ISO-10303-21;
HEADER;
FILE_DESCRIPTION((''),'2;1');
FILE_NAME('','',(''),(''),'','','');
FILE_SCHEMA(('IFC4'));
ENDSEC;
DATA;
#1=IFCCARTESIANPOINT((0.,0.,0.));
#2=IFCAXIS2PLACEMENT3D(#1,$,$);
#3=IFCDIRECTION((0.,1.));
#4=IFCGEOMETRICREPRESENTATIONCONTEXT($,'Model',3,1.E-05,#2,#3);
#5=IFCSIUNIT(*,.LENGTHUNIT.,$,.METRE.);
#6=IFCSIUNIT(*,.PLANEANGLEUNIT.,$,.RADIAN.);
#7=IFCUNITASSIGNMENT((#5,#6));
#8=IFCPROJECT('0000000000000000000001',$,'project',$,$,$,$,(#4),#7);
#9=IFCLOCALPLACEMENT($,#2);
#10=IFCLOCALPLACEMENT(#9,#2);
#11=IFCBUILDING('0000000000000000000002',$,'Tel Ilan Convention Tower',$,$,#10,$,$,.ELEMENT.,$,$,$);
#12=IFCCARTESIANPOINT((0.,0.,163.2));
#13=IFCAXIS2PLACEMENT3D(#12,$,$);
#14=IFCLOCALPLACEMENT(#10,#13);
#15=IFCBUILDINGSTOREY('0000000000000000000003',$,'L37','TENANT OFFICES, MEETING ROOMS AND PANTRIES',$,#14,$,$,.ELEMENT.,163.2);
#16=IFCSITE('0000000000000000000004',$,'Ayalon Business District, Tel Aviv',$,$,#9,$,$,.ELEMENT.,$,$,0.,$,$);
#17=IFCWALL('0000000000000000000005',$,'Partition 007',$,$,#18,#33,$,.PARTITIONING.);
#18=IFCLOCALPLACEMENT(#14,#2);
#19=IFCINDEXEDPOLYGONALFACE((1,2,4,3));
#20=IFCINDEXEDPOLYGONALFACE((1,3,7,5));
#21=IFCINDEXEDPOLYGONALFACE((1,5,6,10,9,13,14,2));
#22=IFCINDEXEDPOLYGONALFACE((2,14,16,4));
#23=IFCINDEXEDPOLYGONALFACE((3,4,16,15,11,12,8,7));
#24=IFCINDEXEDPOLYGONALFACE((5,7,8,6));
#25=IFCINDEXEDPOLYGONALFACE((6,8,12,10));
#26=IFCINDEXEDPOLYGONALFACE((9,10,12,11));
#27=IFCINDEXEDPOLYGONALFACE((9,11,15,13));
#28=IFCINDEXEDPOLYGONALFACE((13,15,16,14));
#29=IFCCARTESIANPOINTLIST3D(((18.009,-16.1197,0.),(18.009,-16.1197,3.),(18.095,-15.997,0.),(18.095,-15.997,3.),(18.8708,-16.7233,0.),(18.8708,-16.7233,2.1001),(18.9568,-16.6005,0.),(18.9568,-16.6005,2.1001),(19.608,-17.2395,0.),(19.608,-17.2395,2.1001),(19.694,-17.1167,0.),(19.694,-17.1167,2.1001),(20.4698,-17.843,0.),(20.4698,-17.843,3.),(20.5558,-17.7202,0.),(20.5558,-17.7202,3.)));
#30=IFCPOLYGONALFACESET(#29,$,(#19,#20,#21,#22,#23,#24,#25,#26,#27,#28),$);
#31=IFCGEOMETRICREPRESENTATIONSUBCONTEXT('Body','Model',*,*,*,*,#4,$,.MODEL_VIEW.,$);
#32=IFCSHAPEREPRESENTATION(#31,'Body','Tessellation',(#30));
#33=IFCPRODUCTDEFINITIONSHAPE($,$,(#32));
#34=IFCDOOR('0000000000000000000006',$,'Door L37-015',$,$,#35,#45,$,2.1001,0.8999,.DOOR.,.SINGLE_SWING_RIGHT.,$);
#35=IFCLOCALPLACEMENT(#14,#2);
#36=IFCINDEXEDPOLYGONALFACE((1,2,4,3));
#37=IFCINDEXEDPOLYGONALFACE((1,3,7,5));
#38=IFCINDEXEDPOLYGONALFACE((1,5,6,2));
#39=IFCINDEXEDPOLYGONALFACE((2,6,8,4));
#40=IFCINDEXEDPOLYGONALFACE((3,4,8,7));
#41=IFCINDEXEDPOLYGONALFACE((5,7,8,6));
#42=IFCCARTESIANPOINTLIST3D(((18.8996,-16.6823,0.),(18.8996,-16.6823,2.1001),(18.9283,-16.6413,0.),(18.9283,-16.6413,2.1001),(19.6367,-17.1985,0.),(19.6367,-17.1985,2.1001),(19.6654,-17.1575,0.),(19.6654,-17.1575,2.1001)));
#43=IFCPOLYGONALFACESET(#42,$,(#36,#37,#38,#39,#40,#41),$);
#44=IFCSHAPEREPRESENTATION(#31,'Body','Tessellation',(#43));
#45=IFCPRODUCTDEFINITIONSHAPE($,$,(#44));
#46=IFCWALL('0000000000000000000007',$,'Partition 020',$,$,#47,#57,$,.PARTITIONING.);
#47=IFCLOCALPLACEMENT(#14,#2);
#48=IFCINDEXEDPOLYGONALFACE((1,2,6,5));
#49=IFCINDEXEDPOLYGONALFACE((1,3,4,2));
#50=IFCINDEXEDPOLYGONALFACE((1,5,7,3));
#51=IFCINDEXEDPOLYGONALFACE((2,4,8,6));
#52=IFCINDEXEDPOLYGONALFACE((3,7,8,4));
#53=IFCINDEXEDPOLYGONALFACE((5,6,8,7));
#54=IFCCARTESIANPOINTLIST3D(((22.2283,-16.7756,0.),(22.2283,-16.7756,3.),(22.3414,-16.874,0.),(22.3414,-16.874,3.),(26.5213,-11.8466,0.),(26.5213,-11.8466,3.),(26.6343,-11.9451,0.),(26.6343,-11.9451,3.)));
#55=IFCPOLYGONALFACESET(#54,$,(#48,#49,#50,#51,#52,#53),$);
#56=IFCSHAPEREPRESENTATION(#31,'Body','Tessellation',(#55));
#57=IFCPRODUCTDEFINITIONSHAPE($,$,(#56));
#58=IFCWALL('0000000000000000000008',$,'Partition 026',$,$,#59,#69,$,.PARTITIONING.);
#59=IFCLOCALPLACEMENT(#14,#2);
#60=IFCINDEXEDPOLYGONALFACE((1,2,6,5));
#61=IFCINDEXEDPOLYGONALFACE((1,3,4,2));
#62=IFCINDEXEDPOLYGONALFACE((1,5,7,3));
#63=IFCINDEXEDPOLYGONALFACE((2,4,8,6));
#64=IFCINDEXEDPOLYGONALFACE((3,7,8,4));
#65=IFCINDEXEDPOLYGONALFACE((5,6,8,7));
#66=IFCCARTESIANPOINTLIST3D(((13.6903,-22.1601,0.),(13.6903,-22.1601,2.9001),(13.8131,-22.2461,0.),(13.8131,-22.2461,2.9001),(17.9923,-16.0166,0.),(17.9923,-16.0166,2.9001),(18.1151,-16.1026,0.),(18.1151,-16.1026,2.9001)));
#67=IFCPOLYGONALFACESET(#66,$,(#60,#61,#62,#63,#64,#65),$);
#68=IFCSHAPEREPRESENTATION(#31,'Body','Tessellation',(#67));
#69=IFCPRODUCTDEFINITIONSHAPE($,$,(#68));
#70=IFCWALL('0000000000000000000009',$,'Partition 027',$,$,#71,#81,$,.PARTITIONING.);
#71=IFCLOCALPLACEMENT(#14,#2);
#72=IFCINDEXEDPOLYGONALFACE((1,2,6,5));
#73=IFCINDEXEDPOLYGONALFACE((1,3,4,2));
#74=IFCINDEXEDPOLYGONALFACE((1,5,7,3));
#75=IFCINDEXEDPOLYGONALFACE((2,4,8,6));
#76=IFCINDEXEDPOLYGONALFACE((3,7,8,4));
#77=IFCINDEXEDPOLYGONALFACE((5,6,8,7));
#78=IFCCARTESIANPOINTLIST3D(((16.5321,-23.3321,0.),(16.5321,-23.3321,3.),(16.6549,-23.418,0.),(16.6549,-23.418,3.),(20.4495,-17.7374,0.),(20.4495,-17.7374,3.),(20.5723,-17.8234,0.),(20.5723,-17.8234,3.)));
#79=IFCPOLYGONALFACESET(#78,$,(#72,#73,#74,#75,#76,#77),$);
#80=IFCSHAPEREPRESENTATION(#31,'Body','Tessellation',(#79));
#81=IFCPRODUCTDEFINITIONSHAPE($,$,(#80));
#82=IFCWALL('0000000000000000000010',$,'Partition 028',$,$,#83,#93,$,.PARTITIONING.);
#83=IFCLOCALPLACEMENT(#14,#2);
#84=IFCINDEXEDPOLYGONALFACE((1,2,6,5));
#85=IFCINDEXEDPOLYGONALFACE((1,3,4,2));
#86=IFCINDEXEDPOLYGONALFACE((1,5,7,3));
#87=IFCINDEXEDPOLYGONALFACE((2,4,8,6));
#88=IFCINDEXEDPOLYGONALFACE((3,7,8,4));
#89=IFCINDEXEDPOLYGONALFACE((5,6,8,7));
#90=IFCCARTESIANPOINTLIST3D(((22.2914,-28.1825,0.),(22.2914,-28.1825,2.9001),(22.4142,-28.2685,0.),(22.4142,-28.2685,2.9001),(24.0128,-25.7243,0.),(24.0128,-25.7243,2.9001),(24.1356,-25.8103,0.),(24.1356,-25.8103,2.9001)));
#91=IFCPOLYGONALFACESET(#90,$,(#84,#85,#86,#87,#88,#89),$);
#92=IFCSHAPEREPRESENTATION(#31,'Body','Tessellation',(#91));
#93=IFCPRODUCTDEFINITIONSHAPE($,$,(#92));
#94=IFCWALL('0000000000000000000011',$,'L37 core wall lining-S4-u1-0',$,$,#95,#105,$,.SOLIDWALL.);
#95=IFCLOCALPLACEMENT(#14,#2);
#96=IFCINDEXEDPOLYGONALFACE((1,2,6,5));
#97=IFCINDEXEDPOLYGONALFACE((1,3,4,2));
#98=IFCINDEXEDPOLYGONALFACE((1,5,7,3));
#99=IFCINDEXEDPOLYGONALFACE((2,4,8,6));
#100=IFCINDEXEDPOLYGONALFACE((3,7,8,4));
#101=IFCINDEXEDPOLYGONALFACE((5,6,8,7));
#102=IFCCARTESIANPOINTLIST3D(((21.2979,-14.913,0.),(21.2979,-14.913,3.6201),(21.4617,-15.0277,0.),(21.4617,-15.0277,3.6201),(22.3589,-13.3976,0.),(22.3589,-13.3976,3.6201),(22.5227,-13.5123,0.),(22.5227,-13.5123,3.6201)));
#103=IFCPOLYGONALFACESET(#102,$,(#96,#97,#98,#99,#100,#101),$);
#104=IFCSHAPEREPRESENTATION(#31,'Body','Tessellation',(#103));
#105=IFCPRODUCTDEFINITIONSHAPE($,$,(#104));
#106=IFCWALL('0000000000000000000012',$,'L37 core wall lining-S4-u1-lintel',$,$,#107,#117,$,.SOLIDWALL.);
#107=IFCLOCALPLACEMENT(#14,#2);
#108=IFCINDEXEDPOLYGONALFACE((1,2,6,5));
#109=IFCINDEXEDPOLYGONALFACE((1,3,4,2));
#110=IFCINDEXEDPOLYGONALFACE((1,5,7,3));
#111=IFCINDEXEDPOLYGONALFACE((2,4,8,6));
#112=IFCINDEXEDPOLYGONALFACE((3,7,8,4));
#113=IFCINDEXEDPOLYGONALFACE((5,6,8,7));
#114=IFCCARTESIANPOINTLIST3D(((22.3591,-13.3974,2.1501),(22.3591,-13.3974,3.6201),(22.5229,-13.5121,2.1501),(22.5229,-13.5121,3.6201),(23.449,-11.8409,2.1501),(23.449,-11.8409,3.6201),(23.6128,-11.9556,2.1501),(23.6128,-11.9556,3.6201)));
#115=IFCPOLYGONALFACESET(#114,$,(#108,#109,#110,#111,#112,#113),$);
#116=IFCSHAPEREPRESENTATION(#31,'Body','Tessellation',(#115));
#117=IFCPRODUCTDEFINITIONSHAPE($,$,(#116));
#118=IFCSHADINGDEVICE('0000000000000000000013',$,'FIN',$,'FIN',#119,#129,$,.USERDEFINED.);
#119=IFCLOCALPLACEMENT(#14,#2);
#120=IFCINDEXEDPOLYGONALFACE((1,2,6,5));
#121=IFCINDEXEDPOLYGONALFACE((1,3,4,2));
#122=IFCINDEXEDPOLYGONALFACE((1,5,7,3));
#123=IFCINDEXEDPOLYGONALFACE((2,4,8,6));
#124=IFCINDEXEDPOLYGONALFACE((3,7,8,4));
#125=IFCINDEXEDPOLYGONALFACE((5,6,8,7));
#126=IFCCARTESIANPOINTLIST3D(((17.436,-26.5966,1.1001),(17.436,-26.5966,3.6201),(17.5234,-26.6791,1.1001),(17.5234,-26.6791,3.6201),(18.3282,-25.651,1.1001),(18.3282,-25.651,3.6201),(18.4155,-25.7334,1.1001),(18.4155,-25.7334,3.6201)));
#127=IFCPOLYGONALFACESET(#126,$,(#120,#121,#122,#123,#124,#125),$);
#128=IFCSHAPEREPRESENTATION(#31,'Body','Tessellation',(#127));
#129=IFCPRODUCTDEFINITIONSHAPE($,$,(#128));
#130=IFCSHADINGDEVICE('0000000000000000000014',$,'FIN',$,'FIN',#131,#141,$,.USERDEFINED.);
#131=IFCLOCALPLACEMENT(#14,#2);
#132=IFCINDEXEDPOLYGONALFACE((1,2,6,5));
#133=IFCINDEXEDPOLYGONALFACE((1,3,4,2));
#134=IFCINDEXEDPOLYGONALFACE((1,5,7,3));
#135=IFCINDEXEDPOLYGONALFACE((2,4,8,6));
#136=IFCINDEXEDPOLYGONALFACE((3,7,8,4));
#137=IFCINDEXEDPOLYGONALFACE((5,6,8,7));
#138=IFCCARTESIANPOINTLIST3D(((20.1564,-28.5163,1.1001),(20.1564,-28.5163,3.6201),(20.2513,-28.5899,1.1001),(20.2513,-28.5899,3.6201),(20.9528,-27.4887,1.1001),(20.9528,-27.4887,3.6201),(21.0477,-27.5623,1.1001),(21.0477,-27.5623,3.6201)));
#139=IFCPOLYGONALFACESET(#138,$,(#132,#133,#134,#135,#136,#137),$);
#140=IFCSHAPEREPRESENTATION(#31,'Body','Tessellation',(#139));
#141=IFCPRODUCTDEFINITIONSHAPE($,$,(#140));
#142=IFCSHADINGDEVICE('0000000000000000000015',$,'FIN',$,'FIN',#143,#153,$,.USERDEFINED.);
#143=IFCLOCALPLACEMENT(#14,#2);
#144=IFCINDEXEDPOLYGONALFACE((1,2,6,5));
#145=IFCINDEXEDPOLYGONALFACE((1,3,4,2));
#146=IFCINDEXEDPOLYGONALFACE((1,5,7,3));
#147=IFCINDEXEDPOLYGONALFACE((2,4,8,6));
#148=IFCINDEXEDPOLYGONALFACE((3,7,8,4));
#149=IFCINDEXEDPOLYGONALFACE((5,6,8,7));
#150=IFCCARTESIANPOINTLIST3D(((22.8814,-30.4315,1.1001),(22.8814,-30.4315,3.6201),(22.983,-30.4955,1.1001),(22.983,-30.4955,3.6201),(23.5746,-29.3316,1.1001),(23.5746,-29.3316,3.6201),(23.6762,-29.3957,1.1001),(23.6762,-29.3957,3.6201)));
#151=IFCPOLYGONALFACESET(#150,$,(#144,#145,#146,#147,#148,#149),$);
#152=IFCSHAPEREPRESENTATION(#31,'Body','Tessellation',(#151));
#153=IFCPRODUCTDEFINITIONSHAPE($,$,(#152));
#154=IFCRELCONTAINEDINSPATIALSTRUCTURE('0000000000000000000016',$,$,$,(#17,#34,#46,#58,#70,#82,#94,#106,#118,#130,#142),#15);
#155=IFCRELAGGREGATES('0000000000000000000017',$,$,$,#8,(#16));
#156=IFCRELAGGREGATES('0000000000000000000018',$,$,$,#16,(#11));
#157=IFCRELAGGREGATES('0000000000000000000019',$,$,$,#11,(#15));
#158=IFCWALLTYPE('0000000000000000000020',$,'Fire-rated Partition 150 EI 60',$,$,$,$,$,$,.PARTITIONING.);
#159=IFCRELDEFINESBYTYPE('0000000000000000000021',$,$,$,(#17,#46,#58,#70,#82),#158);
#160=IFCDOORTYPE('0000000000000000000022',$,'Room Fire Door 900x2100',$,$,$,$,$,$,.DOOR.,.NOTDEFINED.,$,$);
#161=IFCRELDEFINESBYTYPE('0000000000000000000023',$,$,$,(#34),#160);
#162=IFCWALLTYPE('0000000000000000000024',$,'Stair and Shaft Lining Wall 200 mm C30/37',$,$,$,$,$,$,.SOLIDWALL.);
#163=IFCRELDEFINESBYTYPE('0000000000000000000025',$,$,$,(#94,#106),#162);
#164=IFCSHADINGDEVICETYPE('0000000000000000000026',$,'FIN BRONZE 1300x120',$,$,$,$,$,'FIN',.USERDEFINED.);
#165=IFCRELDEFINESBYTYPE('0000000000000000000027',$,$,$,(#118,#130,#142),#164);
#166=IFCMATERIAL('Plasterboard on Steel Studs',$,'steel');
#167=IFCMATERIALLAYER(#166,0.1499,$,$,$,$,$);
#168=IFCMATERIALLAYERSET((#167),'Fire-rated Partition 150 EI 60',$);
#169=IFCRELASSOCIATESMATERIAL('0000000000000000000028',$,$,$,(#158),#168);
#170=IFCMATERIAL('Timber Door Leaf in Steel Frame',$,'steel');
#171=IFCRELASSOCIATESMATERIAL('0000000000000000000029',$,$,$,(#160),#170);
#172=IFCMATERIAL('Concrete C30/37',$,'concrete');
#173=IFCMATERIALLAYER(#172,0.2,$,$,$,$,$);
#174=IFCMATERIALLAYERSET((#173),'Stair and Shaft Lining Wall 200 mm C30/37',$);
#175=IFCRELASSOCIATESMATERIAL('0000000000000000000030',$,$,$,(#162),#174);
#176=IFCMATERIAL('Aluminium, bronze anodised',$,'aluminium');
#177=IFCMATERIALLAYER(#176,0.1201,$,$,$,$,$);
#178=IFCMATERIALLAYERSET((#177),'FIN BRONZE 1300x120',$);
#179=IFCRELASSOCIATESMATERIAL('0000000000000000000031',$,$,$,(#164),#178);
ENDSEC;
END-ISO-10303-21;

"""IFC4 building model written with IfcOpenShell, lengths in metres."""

from ifc_helpers import new_model, si_unit, direction, frame, frame_2d, origin, origin_2d, place, context, subcontext, project, spatial, rectangle, extrude, material, layer, layer_set, type_object, element, fill, save


model = new_model("IFC4")

# Units and contexts
model_context = context("Model", 3, precision=1e-05, world=origin(), true_north=direction((0.0, 1.0)))
body_context = subcontext(model_context, "Body", "Model", "MODEL_VIEW")
ifc_project = project(units=[si_unit("LENGTHUNIT", "METRE"), si_unit("PLANEANGLEUNIT", "RADIAN")], contexts=[model_context])

# Site, building, storey
site_placement = place(None, origin())
site = spatial("IfcSite", under=ifc_project, at=site_placement, Name="Ayalon Business District, Tel Aviv", CompositionType="ELEMENT", RefElevation=0.0)
building_placement = place(site_placement, origin())
building = spatial("IfcBuilding", under=site, at=building_placement, Name="Tel Ilan Convention Tower", CompositionType="ELEMENT")
storey_placement = place(building_placement, frame((0.0, 0.0, 163.2)))
storey = spatial("IfcBuildingStorey", under=building, at=storey_placement, Name="L37", Description="TENANT OFFICES, MEETING ROOMS AND PANTRIES", CompositionType="ELEMENT", Elevation=163.2)

# Wall, opening, door
ifc_material_1 = material(Name="Plasterboard on Steel Studs", Category="steel")
ifc_layer_1 = layer(ifc_material_1, 0.1499)
ifc_layer_set_1 = layer_set([ifc_layer_1], Name="Fire-rated Partition 150 EI 60")
wall_type_1 = type_object("IfcWallType", Name="Fire-rated Partition 150 EI 60", PredefinedType="PARTITIONING", material=ifc_layer_set_1)
ifc_material_2 = material(Name="Timber Door Leaf in Steel Frame", Category="steel")
door_type_1 = type_object("IfcDoorType", Name="Room Fire Door 900x2100", OperationType="NOTDEFINED", PredefinedType="DOOR", material=ifc_material_2)
wall_1_placement = place(storey_placement, frame((20.5127, -17.7815, 0.0), z_axis=(0.0, 0.0, 1.0), x_axis=(-0.819129, 0.57361, 0.0)))
wall_1 = element("IfcWall", 1, at=wall_1_placement, inside=storey, type_object=wall_type_1, Name="Partition 007", PredefinedType="PARTITIONING", context=body_context, shape_type="SweptSolid", body=[
    extrude(rectangle(XDim=3.0042, YDim=0.1499, at=frame_2d((1.502, 0.0))), origin(), (0.0, 0.0, 1.0), 3.0),
])
opening_1_placement = place(wall_1_placement, frame((1.052, 0.0, 0.0)))
opening_1 = element("IfcOpeningElement", 2, at=opening_1_placement, cuts=wall_1, PredefinedType="OPENING", context=body_context, shape_type="SweptSolid", body=[
    extrude(rectangle(XDim=0.8999, YDim=2.1001, at=frame_2d((0.45, 1.05))), frame((0.0, 0.085, 0.0), z_axis=(0.0, -1.0, 0.0), x_axis=(1.0, 0.0, 0.0)), (0.0, 0.0, 1.0), 0.1699),
])
door_1_placement = place(opening_1_placement, origin())
door_1 = element("IfcDoor", 3, at=door_1_placement, inside=storey, type_object=door_type_1, Name="Door L37-015", OperationType="SINGLE_SWING_RIGHT", OverallHeight=2.1001, OverallWidth=0.8999, PredefinedType="DOOR", context=body_context, shape_type="SweptSolid", body=[
    extrude(rectangle(XDim=0.8999, YDim=2.1001, at=frame_2d((0.45, 1.05))), frame((0.0, 0.0249, 0.0), z_axis=(0.0, -1.0, 0.0), x_axis=(1.0, 0.0, 0.0)), (0.0, 0.0, 1.0), 0.05),
])
fill(opening_1, door_1)

# Walls
wall_2_placement = place(storey_placement, frame((22.2849, -16.8247, 0.0), z_axis=(0.0, 0.0, 1.0), x_axis=(0.656781, 0.754081, 0.0)))
element("IfcWall", 4, at=wall_2_placement, inside=storey, type_object=wall_type_1, Name="Partition 020", PredefinedType="PARTITIONING", context=body_context, shape_type="SweptSolid", body=[
    extrude(rectangle(XDim=6.5364, YDim=0.1499, at=frame_2d((3.2681, 0.0))), origin(), (0.0, 0.0, 1.0), 3.0),
])
wall_3_placement = place(storey_placement, frame((18.0537, -16.0596, 0.0), z_axis=(0.0, 0.0, 1.0), x_axis=(-0.573598, -0.819137, 0.0)))
element("IfcWall", 5, at=wall_3_placement, inside=storey, type_object=wall_type_1, Name="Partition 026", PredefinedType="PARTITIONING", context=body_context, shape_type="SweptSolid", body=[
    extrude(rectangle(XDim=7.5, YDim=0.1499, at=frame_2d((3.75, 0.0))), origin(), (0.0, 0.0, 1.0), 2.9001),
])
wall_4_placement = place(storey_placement, frame((20.511, -17.7803, 0.0), z_axis=(0.0, 0.0, 1.0), x_axis=(-0.573577, -0.819151, 0.0)))
element("IfcWall", 6, at=wall_4_placement, inside=storey, type_object=wall_type_1, Name="Partition 027", PredefinedType="PARTITIONING", context=body_context, shape_type="SweptSolid", body=[
    extrude(rectangle(XDim=6.8298, YDim=0.1499, at=frame_2d((3.415, 0.0))), origin(), (0.0, 0.0, 1.0), 3.0),
])
wall_5_placement = place(storey_placement, frame((24.0742, -25.7673, 0.0), z_axis=(0.0, 0.0, 1.0), x_axis=(-0.57361, -0.819129, 0.0)))
element("IfcWall", 7, at=wall_5_placement, inside=storey, type_object=wall_type_1, Name="Partition 028", PredefinedType="PARTITIONING", context=body_context, shape_type="SweptSolid", body=[
    extrude(rectangle(XDim=3.001, YDim=0.1499, at=frame_2d((1.5005, 0.0))), origin(), (0.0, 0.0, 1.0), 2.9001),
])
ifc_material_3 = material(Name="Concrete C30/37", Category="concrete")
ifc_layer_2 = layer(ifc_material_3, 0.2)
ifc_layer_set_2 = layer_set([ifc_layer_2], Name="Stair and Shaft Lining Wall 200 mm C30/37")
wall_type_2 = type_object("IfcWallType", Name="Stair and Shaft Lining Wall 200 mm C30/37", PredefinedType="SOLIDWALL", material=ifc_layer_set_2)
wall_6_placement = place(storey_placement, frame((21.3799, -14.9702, 0.0), z_axis=(0.0, 0.0, 1.0), x_axis=(0.57356, 0.819164, 0.0)))
element("IfcWall", 8, at=wall_6_placement, inside=storey, type_object=wall_type_2, Name="L37 core wall lining-S4-u1-0", PredefinedType="SOLIDWALL", context=body_context, shape_type="SweptSolid", body=[
    extrude(rectangle(XDim=1.8499, YDim=0.2, at=frame_2d((0.9248, 0.0))), origin(), (0.0, 0.0, 1.0), 3.6201),
])
wall_7_placement = place(storey_placement, frame((22.4409, -13.4548, 2.1501), z_axis=(0.0, 0.0, 1.0), x_axis=(0.573592, 0.819141, 0.0)))
element("IfcWall", 9, at=wall_7_placement, inside=storey, type_object=wall_type_2, Name="L37 core wall lining-S4-u1-lintel", PredefinedType="SOLIDWALL", context=body_context, shape_type="SweptSolid", body=[
    extrude(rectangle(XDim=1.9001, YDim=0.2, at=frame_2d((0.9502, 0.0))), origin(), (0.0, 0.0, 1.0), 1.47),
])

# Shading devices
ifc_material_4 = material(Name="Aluminium, bronze anodised", Category="aluminium")
ifc_layer_3 = layer(ifc_material_4, 0.1201)
ifc_layer_set_3 = layer_set([ifc_layer_3], Name="FIN BRONZE 1300x120")
shading_device_type = type_object("IfcShadingDeviceType", Name="FIN BRONZE 1300x120", ElementType="FIN", PredefinedType="USERDEFINED", material=ifc_layer_set_3)
for number, where, z_axis, x_axis, name in (
    (10, (17.9258, -26.165, 1.1001), (0.0, 0.0, 1.0), (-0.686242, -0.727374, 0.0), "FIN"),
    (11, (20.6021, -28.0393, 1.1001), (0.0, 0.0, 1.0), (-0.612601, -0.790393, 0.0), "FIN"),
    (12, (23.2788, -29.9136, 1.1001), (0.0, 0.0, 1.0), (-0.533204, -0.845986, 0.0), "FIN"),
):
    element("IfcShadingDevice", number, at=place(storey_placement, frame(where, z_axis=z_axis, x_axis=x_axis)), inside=storey, type_object=shading_device_type, Name=name, ObjectType="FIN", PredefinedType="USERDEFINED", context=body_context, shape_type="SweptSolid", body=[
        extrude(rectangle(XDim=1.3, YDim=0.1201, at=origin_2d()), origin(), (0.0, 0.0, 1.0), 2.52),
    ])

save(model, "model.ifc")
